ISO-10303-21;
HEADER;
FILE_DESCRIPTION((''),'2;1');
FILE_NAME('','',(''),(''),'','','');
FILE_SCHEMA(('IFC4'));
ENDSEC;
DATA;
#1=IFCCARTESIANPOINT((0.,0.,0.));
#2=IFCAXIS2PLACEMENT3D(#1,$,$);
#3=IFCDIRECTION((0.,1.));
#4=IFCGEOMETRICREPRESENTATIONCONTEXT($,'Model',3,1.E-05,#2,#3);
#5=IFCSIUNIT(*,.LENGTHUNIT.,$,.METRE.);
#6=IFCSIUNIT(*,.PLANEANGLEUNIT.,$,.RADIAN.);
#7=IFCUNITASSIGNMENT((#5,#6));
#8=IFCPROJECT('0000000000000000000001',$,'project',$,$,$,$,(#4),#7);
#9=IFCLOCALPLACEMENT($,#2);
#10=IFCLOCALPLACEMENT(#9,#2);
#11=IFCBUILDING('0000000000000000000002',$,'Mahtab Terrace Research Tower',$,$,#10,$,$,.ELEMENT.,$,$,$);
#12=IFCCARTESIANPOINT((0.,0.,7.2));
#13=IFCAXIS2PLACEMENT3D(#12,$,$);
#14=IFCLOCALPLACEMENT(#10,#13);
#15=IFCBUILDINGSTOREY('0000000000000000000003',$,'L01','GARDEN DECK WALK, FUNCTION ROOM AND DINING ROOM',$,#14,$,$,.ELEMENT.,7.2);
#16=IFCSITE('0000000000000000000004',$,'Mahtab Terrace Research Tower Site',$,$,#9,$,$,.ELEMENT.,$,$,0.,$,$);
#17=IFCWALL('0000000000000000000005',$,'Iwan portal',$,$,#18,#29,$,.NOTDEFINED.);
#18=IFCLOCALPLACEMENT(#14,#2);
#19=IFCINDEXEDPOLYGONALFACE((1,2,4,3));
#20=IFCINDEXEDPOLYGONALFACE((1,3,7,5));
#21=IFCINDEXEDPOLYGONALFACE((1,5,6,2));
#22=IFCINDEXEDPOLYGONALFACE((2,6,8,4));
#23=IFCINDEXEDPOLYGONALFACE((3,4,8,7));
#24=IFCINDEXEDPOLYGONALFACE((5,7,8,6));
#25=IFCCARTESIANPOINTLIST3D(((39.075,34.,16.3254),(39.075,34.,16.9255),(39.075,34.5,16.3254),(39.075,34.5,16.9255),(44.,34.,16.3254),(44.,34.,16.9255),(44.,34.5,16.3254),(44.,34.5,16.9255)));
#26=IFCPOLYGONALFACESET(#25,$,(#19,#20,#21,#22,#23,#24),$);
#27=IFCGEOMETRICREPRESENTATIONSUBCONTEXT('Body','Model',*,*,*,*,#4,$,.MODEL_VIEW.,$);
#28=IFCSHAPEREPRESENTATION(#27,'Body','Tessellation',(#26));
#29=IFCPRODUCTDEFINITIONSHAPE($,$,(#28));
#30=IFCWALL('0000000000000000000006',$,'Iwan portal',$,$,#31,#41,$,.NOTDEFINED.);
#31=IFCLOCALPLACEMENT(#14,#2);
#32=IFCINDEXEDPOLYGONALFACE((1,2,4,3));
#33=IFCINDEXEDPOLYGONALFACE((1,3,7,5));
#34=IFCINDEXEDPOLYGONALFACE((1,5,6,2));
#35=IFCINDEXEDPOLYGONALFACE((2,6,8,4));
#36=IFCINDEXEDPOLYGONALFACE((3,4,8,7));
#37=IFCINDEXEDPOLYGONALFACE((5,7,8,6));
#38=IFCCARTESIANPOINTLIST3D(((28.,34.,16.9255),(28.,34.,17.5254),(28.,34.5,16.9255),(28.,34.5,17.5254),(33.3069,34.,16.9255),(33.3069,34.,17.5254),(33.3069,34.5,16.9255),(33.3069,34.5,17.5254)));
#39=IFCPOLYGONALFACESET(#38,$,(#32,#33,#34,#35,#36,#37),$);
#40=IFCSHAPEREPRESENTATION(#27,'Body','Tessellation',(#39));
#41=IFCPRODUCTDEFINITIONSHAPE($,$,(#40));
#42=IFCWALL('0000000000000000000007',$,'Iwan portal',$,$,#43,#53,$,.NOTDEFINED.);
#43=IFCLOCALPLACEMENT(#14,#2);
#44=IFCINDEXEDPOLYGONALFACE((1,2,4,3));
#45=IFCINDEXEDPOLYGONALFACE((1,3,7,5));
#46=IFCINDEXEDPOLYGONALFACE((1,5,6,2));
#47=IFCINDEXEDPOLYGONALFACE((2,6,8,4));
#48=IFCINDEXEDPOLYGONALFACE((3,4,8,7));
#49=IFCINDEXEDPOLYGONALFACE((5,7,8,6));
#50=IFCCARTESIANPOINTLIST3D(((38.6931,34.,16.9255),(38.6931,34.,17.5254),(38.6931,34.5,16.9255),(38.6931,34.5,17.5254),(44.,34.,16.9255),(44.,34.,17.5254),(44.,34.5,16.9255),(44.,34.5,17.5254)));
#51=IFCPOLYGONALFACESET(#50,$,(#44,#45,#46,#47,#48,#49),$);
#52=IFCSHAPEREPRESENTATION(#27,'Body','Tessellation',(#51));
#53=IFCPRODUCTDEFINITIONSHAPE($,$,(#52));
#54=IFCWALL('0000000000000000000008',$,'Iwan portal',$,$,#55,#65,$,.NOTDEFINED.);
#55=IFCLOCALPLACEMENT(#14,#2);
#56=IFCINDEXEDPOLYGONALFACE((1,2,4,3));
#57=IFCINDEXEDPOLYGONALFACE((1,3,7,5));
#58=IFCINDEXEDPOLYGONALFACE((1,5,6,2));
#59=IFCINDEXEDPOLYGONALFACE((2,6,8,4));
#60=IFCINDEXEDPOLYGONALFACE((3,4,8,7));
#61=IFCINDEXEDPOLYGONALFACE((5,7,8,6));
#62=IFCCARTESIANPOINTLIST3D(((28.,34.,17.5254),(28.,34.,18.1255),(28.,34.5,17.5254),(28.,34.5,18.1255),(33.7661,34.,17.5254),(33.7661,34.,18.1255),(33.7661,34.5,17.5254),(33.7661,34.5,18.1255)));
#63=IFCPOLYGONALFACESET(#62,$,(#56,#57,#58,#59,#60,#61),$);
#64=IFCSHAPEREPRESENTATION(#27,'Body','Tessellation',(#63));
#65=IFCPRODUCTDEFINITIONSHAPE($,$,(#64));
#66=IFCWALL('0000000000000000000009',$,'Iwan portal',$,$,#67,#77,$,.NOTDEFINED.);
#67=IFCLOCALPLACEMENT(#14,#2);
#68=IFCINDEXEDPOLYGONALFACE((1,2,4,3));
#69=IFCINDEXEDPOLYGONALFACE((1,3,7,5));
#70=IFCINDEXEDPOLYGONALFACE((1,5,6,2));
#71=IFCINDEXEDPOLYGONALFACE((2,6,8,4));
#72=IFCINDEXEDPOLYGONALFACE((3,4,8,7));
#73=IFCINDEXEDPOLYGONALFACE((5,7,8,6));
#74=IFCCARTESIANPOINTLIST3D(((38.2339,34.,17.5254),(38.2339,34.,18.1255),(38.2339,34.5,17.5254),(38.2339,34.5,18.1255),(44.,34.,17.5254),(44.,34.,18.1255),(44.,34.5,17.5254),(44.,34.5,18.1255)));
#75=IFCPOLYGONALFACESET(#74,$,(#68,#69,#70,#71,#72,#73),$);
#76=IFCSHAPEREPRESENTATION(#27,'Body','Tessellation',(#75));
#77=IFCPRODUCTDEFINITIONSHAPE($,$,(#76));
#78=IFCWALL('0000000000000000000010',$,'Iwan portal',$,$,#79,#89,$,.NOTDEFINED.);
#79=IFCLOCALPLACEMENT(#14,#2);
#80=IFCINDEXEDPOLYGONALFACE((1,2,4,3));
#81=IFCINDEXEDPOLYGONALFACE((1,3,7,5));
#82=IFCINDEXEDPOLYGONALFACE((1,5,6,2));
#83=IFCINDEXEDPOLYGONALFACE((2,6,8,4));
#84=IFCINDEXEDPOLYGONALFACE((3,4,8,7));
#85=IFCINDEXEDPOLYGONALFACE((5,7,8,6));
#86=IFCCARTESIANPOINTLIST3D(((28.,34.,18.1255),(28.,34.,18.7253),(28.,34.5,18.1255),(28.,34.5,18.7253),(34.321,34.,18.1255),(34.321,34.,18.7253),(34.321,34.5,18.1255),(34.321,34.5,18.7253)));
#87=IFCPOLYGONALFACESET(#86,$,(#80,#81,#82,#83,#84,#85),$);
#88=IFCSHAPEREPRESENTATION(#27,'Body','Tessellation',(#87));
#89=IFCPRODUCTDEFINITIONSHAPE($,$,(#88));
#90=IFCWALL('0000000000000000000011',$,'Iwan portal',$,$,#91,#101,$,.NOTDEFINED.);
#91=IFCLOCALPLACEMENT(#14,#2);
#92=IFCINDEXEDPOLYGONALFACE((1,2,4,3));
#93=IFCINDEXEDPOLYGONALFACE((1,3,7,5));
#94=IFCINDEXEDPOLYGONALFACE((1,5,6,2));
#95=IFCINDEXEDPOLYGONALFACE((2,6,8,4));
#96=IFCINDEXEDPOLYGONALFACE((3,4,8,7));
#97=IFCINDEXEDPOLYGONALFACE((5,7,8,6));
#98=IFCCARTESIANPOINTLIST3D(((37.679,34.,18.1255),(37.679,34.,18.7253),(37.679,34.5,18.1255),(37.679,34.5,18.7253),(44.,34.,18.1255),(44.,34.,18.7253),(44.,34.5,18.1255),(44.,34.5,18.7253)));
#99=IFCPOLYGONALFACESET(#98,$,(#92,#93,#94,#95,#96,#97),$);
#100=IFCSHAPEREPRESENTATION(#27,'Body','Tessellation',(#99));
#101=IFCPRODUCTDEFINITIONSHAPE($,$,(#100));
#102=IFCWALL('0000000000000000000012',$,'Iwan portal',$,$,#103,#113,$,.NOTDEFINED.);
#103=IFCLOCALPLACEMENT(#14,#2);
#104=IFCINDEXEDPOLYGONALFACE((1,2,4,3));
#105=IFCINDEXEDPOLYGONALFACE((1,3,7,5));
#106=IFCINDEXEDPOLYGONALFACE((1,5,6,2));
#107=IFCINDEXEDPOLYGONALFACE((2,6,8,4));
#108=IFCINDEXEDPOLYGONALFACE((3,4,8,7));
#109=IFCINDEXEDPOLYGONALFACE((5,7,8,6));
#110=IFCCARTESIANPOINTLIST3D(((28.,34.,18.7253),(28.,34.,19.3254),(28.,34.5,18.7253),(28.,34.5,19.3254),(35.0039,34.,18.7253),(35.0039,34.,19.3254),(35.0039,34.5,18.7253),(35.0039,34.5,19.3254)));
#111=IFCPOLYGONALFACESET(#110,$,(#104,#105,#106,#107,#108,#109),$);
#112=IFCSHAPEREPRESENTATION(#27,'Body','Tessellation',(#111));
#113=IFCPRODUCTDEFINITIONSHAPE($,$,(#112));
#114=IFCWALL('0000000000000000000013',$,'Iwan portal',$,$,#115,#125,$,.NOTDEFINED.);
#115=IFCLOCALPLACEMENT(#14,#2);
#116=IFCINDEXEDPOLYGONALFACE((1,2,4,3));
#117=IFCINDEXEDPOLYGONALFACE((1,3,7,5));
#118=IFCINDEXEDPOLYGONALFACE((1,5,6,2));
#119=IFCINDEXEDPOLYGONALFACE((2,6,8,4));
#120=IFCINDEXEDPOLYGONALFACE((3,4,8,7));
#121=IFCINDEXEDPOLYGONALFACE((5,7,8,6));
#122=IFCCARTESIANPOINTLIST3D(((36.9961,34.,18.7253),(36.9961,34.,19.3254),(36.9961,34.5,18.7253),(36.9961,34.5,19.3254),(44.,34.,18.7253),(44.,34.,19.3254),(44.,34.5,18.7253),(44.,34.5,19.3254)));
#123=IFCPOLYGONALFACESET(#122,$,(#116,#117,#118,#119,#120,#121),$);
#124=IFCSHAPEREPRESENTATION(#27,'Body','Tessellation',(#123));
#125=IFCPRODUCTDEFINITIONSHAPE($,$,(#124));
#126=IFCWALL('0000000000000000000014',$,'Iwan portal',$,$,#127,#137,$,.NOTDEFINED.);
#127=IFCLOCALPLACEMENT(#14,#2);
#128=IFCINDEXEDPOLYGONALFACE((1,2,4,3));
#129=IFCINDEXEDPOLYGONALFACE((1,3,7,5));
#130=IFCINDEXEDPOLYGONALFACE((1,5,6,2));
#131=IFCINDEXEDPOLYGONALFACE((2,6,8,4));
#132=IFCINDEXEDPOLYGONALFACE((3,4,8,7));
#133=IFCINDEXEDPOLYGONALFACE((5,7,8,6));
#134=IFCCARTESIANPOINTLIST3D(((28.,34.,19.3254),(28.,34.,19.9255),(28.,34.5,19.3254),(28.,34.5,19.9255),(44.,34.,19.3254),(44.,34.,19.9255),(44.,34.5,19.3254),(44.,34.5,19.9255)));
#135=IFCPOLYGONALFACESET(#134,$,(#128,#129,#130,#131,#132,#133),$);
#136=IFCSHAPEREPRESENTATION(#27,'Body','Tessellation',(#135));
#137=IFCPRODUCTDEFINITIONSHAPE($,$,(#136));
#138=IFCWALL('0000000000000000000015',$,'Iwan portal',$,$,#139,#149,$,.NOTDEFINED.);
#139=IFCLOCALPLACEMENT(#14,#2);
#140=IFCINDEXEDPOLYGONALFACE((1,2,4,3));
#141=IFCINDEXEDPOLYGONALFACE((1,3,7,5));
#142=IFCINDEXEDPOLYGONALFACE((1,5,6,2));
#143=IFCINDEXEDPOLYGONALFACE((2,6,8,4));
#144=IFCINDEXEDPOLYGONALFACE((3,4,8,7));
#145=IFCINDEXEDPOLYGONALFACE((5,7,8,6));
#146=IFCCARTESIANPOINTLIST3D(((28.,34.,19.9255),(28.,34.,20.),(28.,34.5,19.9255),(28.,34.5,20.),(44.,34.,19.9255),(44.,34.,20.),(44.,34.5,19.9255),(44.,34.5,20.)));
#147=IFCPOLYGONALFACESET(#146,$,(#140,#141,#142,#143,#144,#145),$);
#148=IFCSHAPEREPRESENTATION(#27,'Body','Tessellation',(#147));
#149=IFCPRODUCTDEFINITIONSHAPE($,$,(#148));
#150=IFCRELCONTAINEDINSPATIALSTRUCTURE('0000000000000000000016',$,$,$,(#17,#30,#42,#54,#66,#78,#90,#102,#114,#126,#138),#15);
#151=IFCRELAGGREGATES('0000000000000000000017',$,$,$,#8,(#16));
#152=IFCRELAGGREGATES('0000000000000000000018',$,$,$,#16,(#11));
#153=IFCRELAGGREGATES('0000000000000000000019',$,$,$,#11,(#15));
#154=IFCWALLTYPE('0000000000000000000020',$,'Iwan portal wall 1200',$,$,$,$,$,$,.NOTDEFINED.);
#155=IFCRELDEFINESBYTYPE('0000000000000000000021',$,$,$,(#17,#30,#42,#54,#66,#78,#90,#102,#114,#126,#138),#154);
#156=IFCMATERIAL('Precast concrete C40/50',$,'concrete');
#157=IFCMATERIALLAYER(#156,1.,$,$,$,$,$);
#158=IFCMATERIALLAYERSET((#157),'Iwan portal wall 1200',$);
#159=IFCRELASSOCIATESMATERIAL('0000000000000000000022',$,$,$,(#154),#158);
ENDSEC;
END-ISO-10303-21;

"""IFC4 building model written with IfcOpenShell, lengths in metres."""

from ifc_helpers import new_model, si_unit, direction, frame, origin, place, context, subcontext, project, spatial, polyline, outline, extrude, material, layer, layer_set, type_object, element, save


model = new_model("IFC4")

# Units and contexts
model_context = context("Model", 3, precision=1e-05, world=origin(), true_north=direction((0.0, 1.0)))
body_context = subcontext(model_context, "Body", "Model", "MODEL_VIEW")
ifc_project = project(units=[si_unit("LENGTHUNIT", "METRE"), si_unit("PLANEANGLEUNIT", "RADIAN")], contexts=[model_context])

# Site, building, storey
site_placement = place(None, origin())
site = spatial("IfcSite", under=ifc_project, at=site_placement, Name="Mahtab Terrace Research Tower Site", CompositionType="ELEMENT", RefElevation=0.0)
building_placement = place(site_placement, origin())
building = spatial("IfcBuilding", under=site, at=building_placement, Name="Mahtab Terrace Research Tower", CompositionType="ELEMENT")
storey_placement = place(building_placement, frame((0.0, 0.0, 7.2)))
storey = spatial("IfcBuildingStorey", under=building, at=storey_placement, Name="L01", Description="GARDEN DECK WALK, FUNCTION ROOM AND DINING ROOM", CompositionType="ELEMENT", Elevation=7.2)

# Walls
ifc_material = material(Name="Precast concrete C40/50", Category="concrete")
ifc_layer = layer(ifc_material, 1.0)
ifc_layer_set = layer_set([ifc_layer], Name="Iwan portal wall 1200")
wall_type = type_object("IfcWallType", Name="Iwan portal wall 1200", PredefinedType="NOTDEFINED", material=ifc_layer_set)
wall_1_placement = place(storey_placement, frame((0.0, 0.0, 16.3254)))
element("IfcWall", 1, at=wall_1_placement, inside=storey, type_object=wall_type, Name="Iwan portal", PredefinedType="NOTDEFINED", context=body_context, shape_type="SweptSolid", body=[
    extrude(outline(polyline([(39.075, 34.0), (44.0, 34.0), (44.0, 34.5), (39.075, 34.5), (39.075, 34.0)])), origin(), (0.0, 0.0, 1.0), 0.6001),
])
wall_2_placement = place(storey_placement, frame((0.0, 0.0, 16.9255)))
element("IfcWall", 2, at=wall_2_placement, inside=storey, type_object=wall_type, Name="Iwan portal", PredefinedType="NOTDEFINED", context=body_context, shape_type="SweptSolid", body=[
    extrude(outline(polyline([(28.0, 34.0), (33.3069, 34.0), (33.3069, 34.5), (28.0, 34.5), (28.0, 34.0)])), origin(), (0.0, 0.0, 1.0), 0.5999),
])
wall_3_placement = place(storey_placement, frame((0.0, 0.0, 16.9255)))
element("IfcWall", 3, at=wall_3_placement, inside=storey, type_object=wall_type, Name="Iwan portal", PredefinedType="NOTDEFINED", context=body_context, shape_type="SweptSolid", body=[
    extrude(outline(polyline([(38.6931, 34.0), (44.0, 34.0), (44.0, 34.5), (38.6931, 34.5), (38.6931, 34.0)])), origin(), (0.0, 0.0, 1.0), 0.5999),
])
wall_4_placement = place(storey_placement, frame((0.0, 0.0, 17.5254)))
element("IfcWall", 4, at=wall_4_placement, inside=storey, type_object=wall_type, Name="Iwan portal", PredefinedType="NOTDEFINED", context=body_context, shape_type="SweptSolid", body=[
    extrude(outline(polyline([(28.0, 34.0), (33.7661, 34.0), (33.7661, 34.5), (28.0, 34.5), (28.0, 34.0)])), origin(), (0.0, 0.0, 1.0), 0.6001),
])
wall_5_placement = place(storey_placement, frame((0.0, 0.0, 17.5254)))
element("IfcWall", 5, at=wall_5_placement, inside=storey, type_object=wall_type, Name="Iwan portal", PredefinedType="NOTDEFINED", context=body_context, shape_type="SweptSolid", body=[
    extrude(outline(polyline([(38.2339, 34.0), (44.0, 34.0), (44.0, 34.5), (38.2339, 34.5), (38.2339, 34.0)])), origin(), (0.0, 0.0, 1.0), 0.6001),
])
wall_6_placement = place(storey_placement, frame((0.0, 0.0, 18.1255)))
element("IfcWall", 6, at=wall_6_placement, inside=storey, type_object=wall_type, Name="Iwan portal", PredefinedType="NOTDEFINED", context=body_context, shape_type="SweptSolid", body=[
    extrude(outline(polyline([(28.0, 34.0), (34.321, 34.0), (34.321, 34.5), (28.0, 34.5), (28.0, 34.0)])), origin(), (0.0, 0.0, 1.0), 0.5999),
])
wall_7_placement = place(storey_placement, frame((0.0, 0.0, 18.1255)))
element("IfcWall", 7, at=wall_7_placement, inside=storey, type_object=wall_type, Name="Iwan portal", PredefinedType="NOTDEFINED", context=body_context, shape_type="SweptSolid", body=[
    extrude(outline(polyline([(37.679, 34.0), (44.0, 34.0), (44.0, 34.5), (37.679, 34.5), (37.679, 34.0)])), origin(), (0.0, 0.0, 1.0), 0.5999),
])
wall_8_placement = place(storey_placement, frame((0.0, 0.0, 18.7253)))
element("IfcWall", 8, at=wall_8_placement, inside=storey, type_object=wall_type, Name="Iwan portal", PredefinedType="NOTDEFINED", context=body_context, shape_type="SweptSolid", body=[
    extrude(outline(polyline([(28.0, 34.0), (35.0039, 34.0), (35.0039, 34.5), (28.0, 34.5), (28.0, 34.0)])), origin(), (0.0, 0.0, 1.0), 0.6001),
])
wall_9_placement = place(storey_placement, frame((0.0, 0.0, 18.7253)))
element("IfcWall", 9, at=wall_9_placement, inside=storey, type_object=wall_type, Name="Iwan portal", PredefinedType="NOTDEFINED", context=body_context, shape_type="SweptSolid", body=[
    extrude(outline(polyline([(36.9961, 34.0), (44.0, 34.0), (44.0, 34.5), (36.9961, 34.5), (36.9961, 34.0)])), origin(), (0.0, 0.0, 1.0), 0.6001),
])
wall_10_placement = place(storey_placement, frame((0.0, 0.0, 19.3254)))
element("IfcWall", 10, at=wall_10_placement, inside=storey, type_object=wall_type, Name="Iwan portal", PredefinedType="NOTDEFINED", context=body_context, shape_type="SweptSolid", body=[
    extrude(outline(polyline([(28.0, 34.0), (44.0, 34.0), (44.0, 34.5), (28.0, 34.5), (28.0, 34.0)])), origin(), (0.0, 0.0, 1.0), 0.6001),
])
wall_11_placement = place(storey_placement, frame((0.0, 0.0, 19.9255)))
element("IfcWall", 11, at=wall_11_placement, inside=storey, type_object=wall_type, Name="Iwan portal", PredefinedType="NOTDEFINED", context=body_context, shape_type="SweptSolid", body=[
    extrude(outline(polyline([(28.0, 34.0), (44.0, 34.0), (44.0, 34.5), (28.0, 34.5), (28.0, 34.0)])), origin(), (0.0, 0.0, 1.0), 0.0745),
])

save(model, "model.ifc")
